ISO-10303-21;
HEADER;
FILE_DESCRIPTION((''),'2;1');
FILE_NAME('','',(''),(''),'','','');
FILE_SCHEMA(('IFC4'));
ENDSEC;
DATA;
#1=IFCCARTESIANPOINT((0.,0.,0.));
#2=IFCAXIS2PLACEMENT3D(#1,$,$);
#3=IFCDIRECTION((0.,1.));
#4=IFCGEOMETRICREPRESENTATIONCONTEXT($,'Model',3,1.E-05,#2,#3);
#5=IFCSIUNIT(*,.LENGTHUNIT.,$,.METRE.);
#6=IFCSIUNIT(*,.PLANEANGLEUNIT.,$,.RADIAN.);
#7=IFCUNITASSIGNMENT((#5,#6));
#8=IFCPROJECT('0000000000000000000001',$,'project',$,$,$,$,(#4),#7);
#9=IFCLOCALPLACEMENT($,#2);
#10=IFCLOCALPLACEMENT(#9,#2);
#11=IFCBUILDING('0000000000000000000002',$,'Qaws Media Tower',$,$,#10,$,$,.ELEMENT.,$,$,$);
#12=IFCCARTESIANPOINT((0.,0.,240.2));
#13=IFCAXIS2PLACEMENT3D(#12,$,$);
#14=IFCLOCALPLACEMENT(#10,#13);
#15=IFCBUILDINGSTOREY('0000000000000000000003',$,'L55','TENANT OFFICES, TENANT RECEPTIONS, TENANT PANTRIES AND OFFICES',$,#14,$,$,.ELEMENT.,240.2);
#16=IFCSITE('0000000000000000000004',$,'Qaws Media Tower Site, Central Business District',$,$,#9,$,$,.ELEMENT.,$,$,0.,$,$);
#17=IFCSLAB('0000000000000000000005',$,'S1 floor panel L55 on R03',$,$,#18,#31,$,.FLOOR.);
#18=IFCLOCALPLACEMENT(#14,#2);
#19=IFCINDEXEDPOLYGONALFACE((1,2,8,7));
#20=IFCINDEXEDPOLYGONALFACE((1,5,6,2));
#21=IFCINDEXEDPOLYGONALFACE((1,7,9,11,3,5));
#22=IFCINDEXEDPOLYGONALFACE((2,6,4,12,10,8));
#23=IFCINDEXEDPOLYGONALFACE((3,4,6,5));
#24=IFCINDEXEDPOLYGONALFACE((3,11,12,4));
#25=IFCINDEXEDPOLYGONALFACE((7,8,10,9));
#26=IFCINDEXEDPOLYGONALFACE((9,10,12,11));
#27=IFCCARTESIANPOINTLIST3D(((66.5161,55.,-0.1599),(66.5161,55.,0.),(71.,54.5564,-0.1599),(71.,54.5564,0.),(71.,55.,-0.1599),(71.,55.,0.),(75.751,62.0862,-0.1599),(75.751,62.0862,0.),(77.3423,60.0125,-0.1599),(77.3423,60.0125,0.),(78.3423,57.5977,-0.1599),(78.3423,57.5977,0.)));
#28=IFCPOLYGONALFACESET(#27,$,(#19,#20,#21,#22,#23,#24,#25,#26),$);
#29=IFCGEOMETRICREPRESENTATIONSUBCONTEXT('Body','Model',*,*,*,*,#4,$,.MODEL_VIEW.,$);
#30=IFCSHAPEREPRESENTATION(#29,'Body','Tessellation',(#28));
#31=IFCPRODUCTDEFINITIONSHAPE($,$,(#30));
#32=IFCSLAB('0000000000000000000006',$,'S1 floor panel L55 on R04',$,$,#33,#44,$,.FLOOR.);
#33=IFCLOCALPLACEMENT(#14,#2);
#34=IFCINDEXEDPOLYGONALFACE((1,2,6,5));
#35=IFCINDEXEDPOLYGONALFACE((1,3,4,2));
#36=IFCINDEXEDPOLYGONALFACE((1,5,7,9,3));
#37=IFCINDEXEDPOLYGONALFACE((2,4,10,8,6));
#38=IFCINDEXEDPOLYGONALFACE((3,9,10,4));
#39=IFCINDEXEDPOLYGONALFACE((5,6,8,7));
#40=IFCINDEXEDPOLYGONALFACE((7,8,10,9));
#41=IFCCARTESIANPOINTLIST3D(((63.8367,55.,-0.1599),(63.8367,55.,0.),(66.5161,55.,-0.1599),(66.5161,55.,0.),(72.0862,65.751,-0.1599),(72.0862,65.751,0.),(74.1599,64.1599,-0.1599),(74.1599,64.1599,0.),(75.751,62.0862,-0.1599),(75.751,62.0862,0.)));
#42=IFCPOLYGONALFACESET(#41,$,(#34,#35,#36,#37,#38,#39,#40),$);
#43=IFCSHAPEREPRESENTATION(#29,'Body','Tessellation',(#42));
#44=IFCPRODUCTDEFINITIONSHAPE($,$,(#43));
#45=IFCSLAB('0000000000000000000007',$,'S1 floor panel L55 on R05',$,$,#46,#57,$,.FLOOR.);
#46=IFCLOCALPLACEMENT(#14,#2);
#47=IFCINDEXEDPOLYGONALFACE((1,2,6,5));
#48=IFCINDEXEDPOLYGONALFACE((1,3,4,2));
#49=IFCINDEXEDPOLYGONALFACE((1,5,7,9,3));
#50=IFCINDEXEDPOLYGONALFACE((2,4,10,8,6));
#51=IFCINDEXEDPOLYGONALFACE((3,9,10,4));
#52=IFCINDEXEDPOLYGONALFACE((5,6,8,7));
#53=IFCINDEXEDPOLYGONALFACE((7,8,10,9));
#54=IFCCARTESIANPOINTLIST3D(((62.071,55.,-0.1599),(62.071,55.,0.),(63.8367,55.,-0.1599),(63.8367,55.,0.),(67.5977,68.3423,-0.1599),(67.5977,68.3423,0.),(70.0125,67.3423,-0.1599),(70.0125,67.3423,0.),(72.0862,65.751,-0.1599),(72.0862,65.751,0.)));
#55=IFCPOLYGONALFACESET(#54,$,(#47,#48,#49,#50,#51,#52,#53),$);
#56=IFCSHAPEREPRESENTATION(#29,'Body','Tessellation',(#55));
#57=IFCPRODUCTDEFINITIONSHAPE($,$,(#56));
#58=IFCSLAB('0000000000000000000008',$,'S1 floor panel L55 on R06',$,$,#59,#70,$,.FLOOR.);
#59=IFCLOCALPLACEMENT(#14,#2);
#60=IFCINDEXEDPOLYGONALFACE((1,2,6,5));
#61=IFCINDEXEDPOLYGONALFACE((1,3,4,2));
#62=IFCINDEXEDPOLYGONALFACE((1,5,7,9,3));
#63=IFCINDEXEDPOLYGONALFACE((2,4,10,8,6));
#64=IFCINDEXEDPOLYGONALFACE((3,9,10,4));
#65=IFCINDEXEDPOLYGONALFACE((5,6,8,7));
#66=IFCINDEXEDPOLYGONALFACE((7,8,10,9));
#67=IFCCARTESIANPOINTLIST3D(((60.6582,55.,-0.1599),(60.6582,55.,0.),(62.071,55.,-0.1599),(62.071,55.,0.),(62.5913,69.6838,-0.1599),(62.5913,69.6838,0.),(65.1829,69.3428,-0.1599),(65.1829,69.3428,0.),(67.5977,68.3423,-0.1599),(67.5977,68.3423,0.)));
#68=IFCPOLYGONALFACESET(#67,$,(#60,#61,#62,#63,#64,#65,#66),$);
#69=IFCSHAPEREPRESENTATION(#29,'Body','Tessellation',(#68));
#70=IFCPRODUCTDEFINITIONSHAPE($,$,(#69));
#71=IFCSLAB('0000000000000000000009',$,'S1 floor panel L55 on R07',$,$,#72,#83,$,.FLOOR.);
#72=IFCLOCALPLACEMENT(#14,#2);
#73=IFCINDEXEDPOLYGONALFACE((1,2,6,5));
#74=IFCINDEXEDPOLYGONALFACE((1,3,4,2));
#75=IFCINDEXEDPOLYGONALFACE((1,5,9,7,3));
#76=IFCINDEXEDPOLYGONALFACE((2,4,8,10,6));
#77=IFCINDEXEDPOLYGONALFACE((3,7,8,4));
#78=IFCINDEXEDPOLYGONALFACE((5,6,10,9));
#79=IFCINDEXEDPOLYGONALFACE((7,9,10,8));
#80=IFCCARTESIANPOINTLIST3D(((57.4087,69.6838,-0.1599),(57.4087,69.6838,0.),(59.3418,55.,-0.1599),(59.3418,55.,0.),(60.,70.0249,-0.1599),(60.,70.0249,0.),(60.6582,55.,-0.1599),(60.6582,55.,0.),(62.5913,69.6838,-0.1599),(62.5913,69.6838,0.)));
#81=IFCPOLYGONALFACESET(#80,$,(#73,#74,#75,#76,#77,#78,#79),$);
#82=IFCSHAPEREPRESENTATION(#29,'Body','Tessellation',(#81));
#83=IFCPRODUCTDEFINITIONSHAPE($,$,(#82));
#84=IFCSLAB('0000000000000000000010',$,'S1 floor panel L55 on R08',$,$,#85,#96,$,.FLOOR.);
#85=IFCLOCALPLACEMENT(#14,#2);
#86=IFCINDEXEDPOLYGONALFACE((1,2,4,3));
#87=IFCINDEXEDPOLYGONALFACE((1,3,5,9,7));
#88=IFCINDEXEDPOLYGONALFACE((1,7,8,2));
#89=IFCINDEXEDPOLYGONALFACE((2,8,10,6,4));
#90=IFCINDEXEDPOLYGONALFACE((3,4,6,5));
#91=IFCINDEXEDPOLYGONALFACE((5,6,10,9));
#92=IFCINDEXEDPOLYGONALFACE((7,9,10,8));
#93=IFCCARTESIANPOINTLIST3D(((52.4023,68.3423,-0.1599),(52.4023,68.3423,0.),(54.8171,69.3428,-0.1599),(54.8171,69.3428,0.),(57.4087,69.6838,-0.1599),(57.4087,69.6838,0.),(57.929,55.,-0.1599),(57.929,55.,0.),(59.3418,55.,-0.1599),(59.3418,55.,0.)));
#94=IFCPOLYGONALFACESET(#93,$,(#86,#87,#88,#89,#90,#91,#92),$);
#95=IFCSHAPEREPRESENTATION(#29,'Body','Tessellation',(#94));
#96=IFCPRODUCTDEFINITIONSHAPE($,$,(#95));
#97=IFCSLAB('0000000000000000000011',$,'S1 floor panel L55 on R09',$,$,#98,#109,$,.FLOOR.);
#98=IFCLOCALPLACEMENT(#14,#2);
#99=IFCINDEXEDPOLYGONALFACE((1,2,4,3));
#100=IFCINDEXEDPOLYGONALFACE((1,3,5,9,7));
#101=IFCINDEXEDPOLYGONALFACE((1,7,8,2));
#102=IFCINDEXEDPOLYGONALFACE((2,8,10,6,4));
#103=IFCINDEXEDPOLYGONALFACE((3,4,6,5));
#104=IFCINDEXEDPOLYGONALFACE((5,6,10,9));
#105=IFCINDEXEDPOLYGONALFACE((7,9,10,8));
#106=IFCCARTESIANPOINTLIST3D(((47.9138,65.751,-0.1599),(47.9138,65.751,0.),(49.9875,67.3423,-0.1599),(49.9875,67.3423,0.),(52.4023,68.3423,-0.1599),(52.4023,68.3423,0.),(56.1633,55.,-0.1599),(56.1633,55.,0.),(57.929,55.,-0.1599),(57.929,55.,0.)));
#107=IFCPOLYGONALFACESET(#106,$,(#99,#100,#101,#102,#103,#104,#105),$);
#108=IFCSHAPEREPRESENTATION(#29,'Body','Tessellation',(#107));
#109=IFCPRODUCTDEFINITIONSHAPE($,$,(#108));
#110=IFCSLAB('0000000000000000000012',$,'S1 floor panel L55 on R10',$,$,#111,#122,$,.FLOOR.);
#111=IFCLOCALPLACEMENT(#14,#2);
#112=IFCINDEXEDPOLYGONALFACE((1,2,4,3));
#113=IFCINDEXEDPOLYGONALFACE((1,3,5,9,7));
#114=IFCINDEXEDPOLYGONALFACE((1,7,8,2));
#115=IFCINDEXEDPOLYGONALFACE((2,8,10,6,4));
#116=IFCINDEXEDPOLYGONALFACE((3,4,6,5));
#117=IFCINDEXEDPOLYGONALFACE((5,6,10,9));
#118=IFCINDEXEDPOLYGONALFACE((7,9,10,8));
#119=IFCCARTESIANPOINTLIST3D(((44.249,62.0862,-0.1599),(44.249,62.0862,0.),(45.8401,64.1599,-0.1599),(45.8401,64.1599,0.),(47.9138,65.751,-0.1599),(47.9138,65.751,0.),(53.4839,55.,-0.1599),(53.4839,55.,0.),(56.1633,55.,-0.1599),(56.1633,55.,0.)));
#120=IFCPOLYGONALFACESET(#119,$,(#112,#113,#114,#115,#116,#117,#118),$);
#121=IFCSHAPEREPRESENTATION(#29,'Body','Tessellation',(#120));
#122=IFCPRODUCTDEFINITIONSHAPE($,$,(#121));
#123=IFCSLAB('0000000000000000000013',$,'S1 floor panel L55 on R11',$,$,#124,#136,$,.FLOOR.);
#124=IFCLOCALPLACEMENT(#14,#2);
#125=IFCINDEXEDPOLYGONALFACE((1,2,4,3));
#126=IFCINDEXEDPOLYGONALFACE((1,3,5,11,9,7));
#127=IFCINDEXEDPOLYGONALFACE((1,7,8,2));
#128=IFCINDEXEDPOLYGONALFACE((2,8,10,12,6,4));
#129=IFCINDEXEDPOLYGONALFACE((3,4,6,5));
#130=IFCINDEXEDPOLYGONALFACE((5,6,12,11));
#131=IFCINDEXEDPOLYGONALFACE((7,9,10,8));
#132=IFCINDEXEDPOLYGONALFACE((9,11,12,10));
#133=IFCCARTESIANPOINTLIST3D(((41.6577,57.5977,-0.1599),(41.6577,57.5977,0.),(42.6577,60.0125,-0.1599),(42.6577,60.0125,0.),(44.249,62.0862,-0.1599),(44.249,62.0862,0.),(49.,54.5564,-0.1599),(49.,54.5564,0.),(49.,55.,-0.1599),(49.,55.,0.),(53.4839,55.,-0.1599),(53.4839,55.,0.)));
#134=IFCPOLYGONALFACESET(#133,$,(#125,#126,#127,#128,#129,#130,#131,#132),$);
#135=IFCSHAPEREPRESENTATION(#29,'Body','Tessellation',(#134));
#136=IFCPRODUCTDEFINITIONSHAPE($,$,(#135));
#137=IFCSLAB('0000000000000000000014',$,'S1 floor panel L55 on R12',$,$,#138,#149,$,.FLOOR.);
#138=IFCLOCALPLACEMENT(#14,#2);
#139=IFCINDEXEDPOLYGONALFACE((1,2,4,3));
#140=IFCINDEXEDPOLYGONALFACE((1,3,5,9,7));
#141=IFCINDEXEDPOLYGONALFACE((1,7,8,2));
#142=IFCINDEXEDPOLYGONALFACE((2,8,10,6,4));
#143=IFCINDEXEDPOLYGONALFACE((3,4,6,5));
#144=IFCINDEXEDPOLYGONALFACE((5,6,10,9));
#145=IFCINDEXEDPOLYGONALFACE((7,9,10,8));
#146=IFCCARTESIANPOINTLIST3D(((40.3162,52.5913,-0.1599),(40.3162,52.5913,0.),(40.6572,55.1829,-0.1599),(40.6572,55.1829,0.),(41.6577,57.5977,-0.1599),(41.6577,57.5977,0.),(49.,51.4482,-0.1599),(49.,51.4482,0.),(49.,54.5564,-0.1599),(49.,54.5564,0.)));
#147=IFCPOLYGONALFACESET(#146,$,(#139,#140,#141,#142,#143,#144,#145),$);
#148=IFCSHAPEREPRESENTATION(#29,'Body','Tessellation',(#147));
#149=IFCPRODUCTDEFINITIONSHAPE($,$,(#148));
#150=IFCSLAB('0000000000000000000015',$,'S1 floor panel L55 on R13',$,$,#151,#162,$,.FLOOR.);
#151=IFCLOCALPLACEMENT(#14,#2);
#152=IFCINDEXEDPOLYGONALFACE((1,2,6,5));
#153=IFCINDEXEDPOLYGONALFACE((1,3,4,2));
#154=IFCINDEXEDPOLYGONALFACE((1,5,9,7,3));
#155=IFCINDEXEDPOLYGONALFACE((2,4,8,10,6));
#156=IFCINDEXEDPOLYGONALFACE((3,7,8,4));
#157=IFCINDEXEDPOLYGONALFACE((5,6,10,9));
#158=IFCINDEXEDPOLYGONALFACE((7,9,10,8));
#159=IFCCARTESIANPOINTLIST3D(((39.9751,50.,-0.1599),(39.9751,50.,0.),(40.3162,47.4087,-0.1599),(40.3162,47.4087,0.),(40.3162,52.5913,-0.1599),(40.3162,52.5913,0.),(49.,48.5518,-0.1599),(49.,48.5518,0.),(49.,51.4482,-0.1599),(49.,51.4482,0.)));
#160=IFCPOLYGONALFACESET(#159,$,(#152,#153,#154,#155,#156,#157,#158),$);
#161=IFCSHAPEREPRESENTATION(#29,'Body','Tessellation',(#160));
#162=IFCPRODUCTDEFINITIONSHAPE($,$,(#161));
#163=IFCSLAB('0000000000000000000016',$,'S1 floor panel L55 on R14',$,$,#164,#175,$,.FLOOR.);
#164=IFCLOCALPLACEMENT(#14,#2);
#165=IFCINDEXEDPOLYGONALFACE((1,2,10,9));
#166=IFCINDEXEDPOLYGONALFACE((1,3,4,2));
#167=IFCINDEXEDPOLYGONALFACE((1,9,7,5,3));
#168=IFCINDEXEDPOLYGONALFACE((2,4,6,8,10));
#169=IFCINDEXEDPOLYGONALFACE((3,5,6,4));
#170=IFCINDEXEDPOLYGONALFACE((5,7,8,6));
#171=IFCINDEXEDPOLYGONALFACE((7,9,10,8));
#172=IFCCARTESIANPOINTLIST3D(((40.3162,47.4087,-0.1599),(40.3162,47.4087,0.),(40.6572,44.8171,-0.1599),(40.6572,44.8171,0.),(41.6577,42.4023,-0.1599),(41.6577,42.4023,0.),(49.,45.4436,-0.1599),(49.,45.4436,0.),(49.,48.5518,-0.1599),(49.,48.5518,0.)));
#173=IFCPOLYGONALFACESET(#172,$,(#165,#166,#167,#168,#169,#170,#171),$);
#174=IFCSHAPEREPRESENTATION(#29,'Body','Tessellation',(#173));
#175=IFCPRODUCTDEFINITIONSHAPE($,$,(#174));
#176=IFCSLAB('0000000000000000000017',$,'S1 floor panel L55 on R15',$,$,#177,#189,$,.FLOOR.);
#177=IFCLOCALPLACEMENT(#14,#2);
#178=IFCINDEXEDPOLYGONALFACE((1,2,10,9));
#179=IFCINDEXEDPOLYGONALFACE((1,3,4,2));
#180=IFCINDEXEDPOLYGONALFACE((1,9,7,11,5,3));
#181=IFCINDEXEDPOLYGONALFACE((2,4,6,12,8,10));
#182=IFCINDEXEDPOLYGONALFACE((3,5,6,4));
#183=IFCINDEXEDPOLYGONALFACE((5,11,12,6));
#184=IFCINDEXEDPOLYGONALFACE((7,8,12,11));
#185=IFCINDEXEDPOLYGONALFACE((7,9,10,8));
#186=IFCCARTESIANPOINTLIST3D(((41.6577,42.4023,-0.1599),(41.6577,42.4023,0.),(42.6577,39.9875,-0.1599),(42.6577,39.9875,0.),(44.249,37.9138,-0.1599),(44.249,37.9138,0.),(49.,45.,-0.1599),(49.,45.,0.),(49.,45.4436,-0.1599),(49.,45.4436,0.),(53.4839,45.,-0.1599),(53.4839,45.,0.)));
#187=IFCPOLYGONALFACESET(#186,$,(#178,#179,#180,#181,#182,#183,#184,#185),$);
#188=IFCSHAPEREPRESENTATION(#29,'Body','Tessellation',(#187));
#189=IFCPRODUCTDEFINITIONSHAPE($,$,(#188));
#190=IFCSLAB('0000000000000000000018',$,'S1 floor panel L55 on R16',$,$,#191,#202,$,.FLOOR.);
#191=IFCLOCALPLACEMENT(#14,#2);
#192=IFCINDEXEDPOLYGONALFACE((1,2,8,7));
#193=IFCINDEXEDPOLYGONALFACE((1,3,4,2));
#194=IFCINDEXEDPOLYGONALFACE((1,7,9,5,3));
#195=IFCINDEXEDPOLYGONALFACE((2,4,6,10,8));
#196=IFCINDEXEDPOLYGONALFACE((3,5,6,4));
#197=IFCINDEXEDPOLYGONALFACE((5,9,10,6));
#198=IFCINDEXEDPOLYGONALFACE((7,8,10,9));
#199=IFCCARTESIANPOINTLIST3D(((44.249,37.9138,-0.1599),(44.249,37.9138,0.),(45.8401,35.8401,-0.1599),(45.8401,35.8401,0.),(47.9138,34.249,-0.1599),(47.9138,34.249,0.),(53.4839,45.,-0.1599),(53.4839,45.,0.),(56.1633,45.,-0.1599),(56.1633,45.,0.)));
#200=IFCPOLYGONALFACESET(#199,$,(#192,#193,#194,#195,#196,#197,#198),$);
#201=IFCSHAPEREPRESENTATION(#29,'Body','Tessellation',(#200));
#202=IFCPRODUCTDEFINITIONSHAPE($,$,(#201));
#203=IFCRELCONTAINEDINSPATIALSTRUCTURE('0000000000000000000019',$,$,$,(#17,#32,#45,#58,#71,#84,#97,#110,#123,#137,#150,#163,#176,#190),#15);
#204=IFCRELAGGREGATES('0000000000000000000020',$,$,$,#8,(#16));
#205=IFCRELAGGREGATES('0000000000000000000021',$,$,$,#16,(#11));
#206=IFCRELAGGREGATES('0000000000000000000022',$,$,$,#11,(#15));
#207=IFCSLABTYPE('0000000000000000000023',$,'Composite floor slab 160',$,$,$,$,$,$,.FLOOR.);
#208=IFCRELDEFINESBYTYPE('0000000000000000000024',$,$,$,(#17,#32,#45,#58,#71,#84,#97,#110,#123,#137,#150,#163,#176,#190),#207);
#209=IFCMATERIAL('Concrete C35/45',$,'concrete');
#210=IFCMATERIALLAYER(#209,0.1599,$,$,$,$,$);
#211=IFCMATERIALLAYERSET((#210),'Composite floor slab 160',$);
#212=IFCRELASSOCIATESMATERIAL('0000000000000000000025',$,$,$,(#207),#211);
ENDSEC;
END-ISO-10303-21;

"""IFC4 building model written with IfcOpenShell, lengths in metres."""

from ifc_helpers import new_model, si_unit, direction, frame, origin, place, context, subcontext, project, spatial, polyline, outline, extrude, material, layer, layer_set, type_object, element, save


model = new_model("IFC4")

# Units and contexts
model_context = context("Model", 3, precision=1e-05, world=origin(), true_north=direction((0.0, 1.0)))
body_context = subcontext(model_context, "Body", "Model", "MODEL_VIEW")
ifc_project = project(units=[si_unit("LENGTHUNIT", "METRE"), si_unit("PLANEANGLEUNIT", "RADIAN")], contexts=[model_context])

# Site, building, storey
site_placement = place(None, origin())
site = spatial("IfcSite", under=ifc_project, at=site_placement, Name="Qaws Media Tower Site, Central Business District", CompositionType="ELEMENT", RefElevation=0.0)
building_placement = place(site_placement, origin())
building = spatial("IfcBuilding", under=site, at=building_placement, Name="Qaws Media Tower", CompositionType="ELEMENT")
storey_placement = place(building_placement, frame((0.0, 0.0, 240.2)))
storey = spatial("IfcBuildingStorey", under=building, at=storey_placement, Name="L55", Description="TENANT OFFICES, TENANT RECEPTIONS, TENANT PANTRIES AND OFFICES", CompositionType="ELEMENT", Elevation=240.2)

# Slabs
ifc_material_1 = material(Name="Concrete C35/45", Category="concrete")
ifc_layer_1 = layer(ifc_material_1, 0.1599)
ifc_layer_set_1 = layer_set([ifc_layer_1], Name="Composite floor slab 160")
slab_type_1 = type_object("IfcSlabType", Name="Composite floor slab 160", PredefinedType="FLOOR", material=ifc_layer_set_1)
slab_1_placement = place(storey_placement, frame((0.0, 0.0, -0.1599)))
element("IfcSlab", 1, at=slab_1_placement, inside=storey, type_object=slab_type_1, Name="S1 floor panel L55 on R03", PredefinedType="FLOOR", context=body_context, shape_type="SweptSolid", body=[
    extrude(outline(polyline([(77.3423, 60.0125), (78.3423, 57.5977), (71.0, 54.5564), (71.0, 55.0), (66.5161, 55.0), (75.751, 62.0862), (77.3423, 60.0125)])), origin(), (0.0, 0.0, 1.0), 0.1599),
])
slab_2_placement = place(storey_placement, frame((0.0, 0.0, -0.1599)))
element("IfcSlab", 2, at=slab_2_placement, inside=storey, type_object=slab_type_1, Name="S1 floor panel L55 on R04", PredefinedType="FLOOR", context=body_context, shape_type="SweptSolid", body=[
    extrude(outline(polyline([(74.1599, 64.1599), (75.751, 62.0862), (66.5161, 55.0), (63.8367, 55.0), (72.0862, 65.751), (74.1599, 64.1599)])), origin(), (0.0, 0.0, 1.0), 0.1599),
])
slab_3_placement = place(storey_placement, frame((0.0, 0.0, -0.1599)))
element("IfcSlab", 3, at=slab_3_placement, inside=storey, type_object=slab_type_1, Name="S1 floor panel L55 on R05", PredefinedType="FLOOR", context=body_context, shape_type="SweptSolid", body=[
    extrude(outline(polyline([(70.0125, 67.3423), (72.0862, 65.751), (63.8367, 55.0), (62.071, 55.0), (67.5977, 68.3423), (70.0125, 67.3423)])), origin(), (0.0, 0.0, 1.0), 0.1599),
])
slab_4_placement = place(storey_placement, frame((0.0, 0.0, -0.1599)))
element("IfcSlab", 4, at=slab_4_placement, inside=storey, type_object=slab_type_1, Name="S1 floor panel L55 on R06", PredefinedType="FLOOR", context=body_context, shape_type="SweptSolid", body=[
    extrude(outline(polyline([(65.1829, 69.3428), (67.5977, 68.3423), (62.071, 55.0), (60.6582, 55.0), (62.5913, 69.6838), (65.1829, 69.3428)])), origin(), (0.0, 0.0, 1.0), 0.1599),
])
slab_5_placement = place(storey_placement, frame((0.0, 0.0, -0.1599)))
element("IfcSlab", 5, at=slab_5_placement, inside=storey, type_object=slab_type_1, Name="S1 floor panel L55 on R07", PredefinedType="FLOOR", context=body_context, shape_type="SweptSolid", body=[
    extrude(outline(polyline([(60.0, 70.0249), (62.5913, 69.6838), (60.6582, 55.0), (59.3418, 55.0), (57.4087, 69.6838), (60.0, 70.0249)])), origin(), (0.0, 0.0, 1.0), 0.1599),
])
slab_6_placement = place(storey_placement, frame((0.0, 0.0, -0.1599)))
element("IfcSlab", 6, at=slab_6_placement, inside=storey, type_object=slab_type_1, Name="S1 floor panel L55 on R08", PredefinedType="FLOOR", context=body_context, shape_type="SweptSolid", body=[
    extrude(outline(polyline([(54.8171, 69.3428), (57.4087, 69.6838), (59.3418, 55.0), (57.929, 55.0), (52.4023, 68.3423), (54.8171, 69.3428)])), origin(), (0.0, 0.0, 1.0), 0.1599),
])
slab_7_placement = place(storey_placement, frame((0.0, 0.0, -0.1599)))
element("IfcSlab", 7, at=slab_7_placement, inside=storey, type_object=slab_type_1, Name="S1 floor panel L55 on R09", PredefinedType="FLOOR", context=body_context, shape_type="SweptSolid", body=[
    extrude(outline(polyline([(49.9875, 67.3423), (52.4023, 68.3423), (57.929, 55.0), (56.1633, 55.0), (47.9138, 65.751), (49.9875, 67.3423)])), origin(), (0.0, 0.0, 1.0), 0.1599),
])
slab_8_placement = place(storey_placement, frame((0.0, 0.0, -0.1599)))
element("IfcSlab", 8, at=slab_8_placement, inside=storey, type_object=slab_type_1, Name="S1 floor panel L55 on R10", PredefinedType="FLOOR", context=body_context, shape_type="SweptSolid", body=[
    extrude(outline(polyline([(45.8401, 64.1599), (47.9138, 65.751), (56.1633, 55.0), (53.4839, 55.0), (44.249, 62.0862), (45.8401, 64.1599)])), origin(), (0.0, 0.0, 1.0), 0.1599),
])
slab_9_placement = place(storey_placement, frame((0.0, 0.0, -0.1599)))
element("IfcSlab", 9, at=slab_9_placement, inside=storey, type_object=slab_type_1, Name="S1 floor panel L55 on R11", PredefinedType="FLOOR", context=body_context, shape_type="SweptSolid", body=[
    extrude(outline(polyline([(42.6577, 60.0125), (44.249, 62.0862), (53.4839, 55.0), (49.0, 55.0), (49.0, 54.5564), (41.6577, 57.5977), (42.6577, 60.0125)])), origin(), (0.0, 0.0, 1.0), 0.1599),
])
slab_10_placement = place(storey_placement, frame((0.0, 0.0, -0.1599)))
element("IfcSlab", 10, at=slab_10_placement, inside=storey, type_object=slab_type_1, Name="S1 floor panel L55 on R12", PredefinedType="FLOOR", context=body_context, shape_type="SweptSolid", body=[
    extrude(outline(polyline([(40.6572, 55.1829), (41.6577, 57.5977), (49.0, 54.5564), (49.0, 51.4482), (40.3162, 52.5913), (40.6572, 55.1829)])), origin(), (0.0, 0.0, 1.0), 0.1599),
])
slab_11_placement = place(storey_placement, frame((0.0, 0.0, -0.1599)))
element("IfcSlab", 11, at=slab_11_placement, inside=storey, type_object=slab_type_1, Name="S1 floor panel L55 on R13", PredefinedType="FLOOR", context=body_context, shape_type="SweptSolid", body=[
    extrude(outline(polyline([(39.9751, 50.0), (40.3162, 52.5913), (49.0, 51.4482), (49.0, 48.5518), (40.3162, 47.4087), (39.9751, 50.0)])), origin(), (0.0, 0.0, 1.0), 0.1599),
])
slab_12_placement = place(storey_placement, frame((0.0, 0.0, -0.1599)))
element("IfcSlab", 12, at=slab_12_placement, inside=storey, type_object=slab_type_1, Name="S1 floor panel L55 on R14", PredefinedType="FLOOR", context=body_context, shape_type="SweptSolid", body=[
    extrude(outline(polyline([(40.6572, 44.8171), (40.3162, 47.4087), (49.0, 48.5518), (49.0, 45.4436), (41.6577, 42.4023), (40.6572, 44.8171)])), origin(), (0.0, 0.0, 1.0), 0.1599),
])
slab_13_placement = place(storey_placement, frame((0.0, 0.0, -0.1599)))
element("IfcSlab", 13, at=slab_13_placement, inside=storey, type_object=slab_type_1, Name="S1 floor panel L55 on R15", PredefinedType="FLOOR", context=body_context, shape_type="SweptSolid", body=[
    extrude(outline(polyline([(42.6577, 39.9875), (41.6577, 42.4023), (49.0, 45.4436), (49.0, 45.0), (53.4839, 45.0), (44.249, 37.9138), (42.6577, 39.9875)])), origin(), (0.0, 0.0, 1.0), 0.1599),
])
slab_14_placement = place(storey_placement, frame((0.0, 0.0, -0.1599)))
element("IfcSlab", 14, at=slab_14_placement, inside=storey, type_object=slab_type_1, Name="S1 floor panel L55 on R16", PredefinedType="FLOOR", context=body_context, shape_type="SweptSolid", body=[
    extrude(outline(polyline([(45.8401, 35.8401), (44.249, 37.9138), (53.4839, 45.0), (56.1633, 45.0), (47.9138, 34.249), (45.8401, 35.8401)])), origin(), (0.0, 0.0, 1.0), 0.1599),
])

save(model, "model.ifc")
